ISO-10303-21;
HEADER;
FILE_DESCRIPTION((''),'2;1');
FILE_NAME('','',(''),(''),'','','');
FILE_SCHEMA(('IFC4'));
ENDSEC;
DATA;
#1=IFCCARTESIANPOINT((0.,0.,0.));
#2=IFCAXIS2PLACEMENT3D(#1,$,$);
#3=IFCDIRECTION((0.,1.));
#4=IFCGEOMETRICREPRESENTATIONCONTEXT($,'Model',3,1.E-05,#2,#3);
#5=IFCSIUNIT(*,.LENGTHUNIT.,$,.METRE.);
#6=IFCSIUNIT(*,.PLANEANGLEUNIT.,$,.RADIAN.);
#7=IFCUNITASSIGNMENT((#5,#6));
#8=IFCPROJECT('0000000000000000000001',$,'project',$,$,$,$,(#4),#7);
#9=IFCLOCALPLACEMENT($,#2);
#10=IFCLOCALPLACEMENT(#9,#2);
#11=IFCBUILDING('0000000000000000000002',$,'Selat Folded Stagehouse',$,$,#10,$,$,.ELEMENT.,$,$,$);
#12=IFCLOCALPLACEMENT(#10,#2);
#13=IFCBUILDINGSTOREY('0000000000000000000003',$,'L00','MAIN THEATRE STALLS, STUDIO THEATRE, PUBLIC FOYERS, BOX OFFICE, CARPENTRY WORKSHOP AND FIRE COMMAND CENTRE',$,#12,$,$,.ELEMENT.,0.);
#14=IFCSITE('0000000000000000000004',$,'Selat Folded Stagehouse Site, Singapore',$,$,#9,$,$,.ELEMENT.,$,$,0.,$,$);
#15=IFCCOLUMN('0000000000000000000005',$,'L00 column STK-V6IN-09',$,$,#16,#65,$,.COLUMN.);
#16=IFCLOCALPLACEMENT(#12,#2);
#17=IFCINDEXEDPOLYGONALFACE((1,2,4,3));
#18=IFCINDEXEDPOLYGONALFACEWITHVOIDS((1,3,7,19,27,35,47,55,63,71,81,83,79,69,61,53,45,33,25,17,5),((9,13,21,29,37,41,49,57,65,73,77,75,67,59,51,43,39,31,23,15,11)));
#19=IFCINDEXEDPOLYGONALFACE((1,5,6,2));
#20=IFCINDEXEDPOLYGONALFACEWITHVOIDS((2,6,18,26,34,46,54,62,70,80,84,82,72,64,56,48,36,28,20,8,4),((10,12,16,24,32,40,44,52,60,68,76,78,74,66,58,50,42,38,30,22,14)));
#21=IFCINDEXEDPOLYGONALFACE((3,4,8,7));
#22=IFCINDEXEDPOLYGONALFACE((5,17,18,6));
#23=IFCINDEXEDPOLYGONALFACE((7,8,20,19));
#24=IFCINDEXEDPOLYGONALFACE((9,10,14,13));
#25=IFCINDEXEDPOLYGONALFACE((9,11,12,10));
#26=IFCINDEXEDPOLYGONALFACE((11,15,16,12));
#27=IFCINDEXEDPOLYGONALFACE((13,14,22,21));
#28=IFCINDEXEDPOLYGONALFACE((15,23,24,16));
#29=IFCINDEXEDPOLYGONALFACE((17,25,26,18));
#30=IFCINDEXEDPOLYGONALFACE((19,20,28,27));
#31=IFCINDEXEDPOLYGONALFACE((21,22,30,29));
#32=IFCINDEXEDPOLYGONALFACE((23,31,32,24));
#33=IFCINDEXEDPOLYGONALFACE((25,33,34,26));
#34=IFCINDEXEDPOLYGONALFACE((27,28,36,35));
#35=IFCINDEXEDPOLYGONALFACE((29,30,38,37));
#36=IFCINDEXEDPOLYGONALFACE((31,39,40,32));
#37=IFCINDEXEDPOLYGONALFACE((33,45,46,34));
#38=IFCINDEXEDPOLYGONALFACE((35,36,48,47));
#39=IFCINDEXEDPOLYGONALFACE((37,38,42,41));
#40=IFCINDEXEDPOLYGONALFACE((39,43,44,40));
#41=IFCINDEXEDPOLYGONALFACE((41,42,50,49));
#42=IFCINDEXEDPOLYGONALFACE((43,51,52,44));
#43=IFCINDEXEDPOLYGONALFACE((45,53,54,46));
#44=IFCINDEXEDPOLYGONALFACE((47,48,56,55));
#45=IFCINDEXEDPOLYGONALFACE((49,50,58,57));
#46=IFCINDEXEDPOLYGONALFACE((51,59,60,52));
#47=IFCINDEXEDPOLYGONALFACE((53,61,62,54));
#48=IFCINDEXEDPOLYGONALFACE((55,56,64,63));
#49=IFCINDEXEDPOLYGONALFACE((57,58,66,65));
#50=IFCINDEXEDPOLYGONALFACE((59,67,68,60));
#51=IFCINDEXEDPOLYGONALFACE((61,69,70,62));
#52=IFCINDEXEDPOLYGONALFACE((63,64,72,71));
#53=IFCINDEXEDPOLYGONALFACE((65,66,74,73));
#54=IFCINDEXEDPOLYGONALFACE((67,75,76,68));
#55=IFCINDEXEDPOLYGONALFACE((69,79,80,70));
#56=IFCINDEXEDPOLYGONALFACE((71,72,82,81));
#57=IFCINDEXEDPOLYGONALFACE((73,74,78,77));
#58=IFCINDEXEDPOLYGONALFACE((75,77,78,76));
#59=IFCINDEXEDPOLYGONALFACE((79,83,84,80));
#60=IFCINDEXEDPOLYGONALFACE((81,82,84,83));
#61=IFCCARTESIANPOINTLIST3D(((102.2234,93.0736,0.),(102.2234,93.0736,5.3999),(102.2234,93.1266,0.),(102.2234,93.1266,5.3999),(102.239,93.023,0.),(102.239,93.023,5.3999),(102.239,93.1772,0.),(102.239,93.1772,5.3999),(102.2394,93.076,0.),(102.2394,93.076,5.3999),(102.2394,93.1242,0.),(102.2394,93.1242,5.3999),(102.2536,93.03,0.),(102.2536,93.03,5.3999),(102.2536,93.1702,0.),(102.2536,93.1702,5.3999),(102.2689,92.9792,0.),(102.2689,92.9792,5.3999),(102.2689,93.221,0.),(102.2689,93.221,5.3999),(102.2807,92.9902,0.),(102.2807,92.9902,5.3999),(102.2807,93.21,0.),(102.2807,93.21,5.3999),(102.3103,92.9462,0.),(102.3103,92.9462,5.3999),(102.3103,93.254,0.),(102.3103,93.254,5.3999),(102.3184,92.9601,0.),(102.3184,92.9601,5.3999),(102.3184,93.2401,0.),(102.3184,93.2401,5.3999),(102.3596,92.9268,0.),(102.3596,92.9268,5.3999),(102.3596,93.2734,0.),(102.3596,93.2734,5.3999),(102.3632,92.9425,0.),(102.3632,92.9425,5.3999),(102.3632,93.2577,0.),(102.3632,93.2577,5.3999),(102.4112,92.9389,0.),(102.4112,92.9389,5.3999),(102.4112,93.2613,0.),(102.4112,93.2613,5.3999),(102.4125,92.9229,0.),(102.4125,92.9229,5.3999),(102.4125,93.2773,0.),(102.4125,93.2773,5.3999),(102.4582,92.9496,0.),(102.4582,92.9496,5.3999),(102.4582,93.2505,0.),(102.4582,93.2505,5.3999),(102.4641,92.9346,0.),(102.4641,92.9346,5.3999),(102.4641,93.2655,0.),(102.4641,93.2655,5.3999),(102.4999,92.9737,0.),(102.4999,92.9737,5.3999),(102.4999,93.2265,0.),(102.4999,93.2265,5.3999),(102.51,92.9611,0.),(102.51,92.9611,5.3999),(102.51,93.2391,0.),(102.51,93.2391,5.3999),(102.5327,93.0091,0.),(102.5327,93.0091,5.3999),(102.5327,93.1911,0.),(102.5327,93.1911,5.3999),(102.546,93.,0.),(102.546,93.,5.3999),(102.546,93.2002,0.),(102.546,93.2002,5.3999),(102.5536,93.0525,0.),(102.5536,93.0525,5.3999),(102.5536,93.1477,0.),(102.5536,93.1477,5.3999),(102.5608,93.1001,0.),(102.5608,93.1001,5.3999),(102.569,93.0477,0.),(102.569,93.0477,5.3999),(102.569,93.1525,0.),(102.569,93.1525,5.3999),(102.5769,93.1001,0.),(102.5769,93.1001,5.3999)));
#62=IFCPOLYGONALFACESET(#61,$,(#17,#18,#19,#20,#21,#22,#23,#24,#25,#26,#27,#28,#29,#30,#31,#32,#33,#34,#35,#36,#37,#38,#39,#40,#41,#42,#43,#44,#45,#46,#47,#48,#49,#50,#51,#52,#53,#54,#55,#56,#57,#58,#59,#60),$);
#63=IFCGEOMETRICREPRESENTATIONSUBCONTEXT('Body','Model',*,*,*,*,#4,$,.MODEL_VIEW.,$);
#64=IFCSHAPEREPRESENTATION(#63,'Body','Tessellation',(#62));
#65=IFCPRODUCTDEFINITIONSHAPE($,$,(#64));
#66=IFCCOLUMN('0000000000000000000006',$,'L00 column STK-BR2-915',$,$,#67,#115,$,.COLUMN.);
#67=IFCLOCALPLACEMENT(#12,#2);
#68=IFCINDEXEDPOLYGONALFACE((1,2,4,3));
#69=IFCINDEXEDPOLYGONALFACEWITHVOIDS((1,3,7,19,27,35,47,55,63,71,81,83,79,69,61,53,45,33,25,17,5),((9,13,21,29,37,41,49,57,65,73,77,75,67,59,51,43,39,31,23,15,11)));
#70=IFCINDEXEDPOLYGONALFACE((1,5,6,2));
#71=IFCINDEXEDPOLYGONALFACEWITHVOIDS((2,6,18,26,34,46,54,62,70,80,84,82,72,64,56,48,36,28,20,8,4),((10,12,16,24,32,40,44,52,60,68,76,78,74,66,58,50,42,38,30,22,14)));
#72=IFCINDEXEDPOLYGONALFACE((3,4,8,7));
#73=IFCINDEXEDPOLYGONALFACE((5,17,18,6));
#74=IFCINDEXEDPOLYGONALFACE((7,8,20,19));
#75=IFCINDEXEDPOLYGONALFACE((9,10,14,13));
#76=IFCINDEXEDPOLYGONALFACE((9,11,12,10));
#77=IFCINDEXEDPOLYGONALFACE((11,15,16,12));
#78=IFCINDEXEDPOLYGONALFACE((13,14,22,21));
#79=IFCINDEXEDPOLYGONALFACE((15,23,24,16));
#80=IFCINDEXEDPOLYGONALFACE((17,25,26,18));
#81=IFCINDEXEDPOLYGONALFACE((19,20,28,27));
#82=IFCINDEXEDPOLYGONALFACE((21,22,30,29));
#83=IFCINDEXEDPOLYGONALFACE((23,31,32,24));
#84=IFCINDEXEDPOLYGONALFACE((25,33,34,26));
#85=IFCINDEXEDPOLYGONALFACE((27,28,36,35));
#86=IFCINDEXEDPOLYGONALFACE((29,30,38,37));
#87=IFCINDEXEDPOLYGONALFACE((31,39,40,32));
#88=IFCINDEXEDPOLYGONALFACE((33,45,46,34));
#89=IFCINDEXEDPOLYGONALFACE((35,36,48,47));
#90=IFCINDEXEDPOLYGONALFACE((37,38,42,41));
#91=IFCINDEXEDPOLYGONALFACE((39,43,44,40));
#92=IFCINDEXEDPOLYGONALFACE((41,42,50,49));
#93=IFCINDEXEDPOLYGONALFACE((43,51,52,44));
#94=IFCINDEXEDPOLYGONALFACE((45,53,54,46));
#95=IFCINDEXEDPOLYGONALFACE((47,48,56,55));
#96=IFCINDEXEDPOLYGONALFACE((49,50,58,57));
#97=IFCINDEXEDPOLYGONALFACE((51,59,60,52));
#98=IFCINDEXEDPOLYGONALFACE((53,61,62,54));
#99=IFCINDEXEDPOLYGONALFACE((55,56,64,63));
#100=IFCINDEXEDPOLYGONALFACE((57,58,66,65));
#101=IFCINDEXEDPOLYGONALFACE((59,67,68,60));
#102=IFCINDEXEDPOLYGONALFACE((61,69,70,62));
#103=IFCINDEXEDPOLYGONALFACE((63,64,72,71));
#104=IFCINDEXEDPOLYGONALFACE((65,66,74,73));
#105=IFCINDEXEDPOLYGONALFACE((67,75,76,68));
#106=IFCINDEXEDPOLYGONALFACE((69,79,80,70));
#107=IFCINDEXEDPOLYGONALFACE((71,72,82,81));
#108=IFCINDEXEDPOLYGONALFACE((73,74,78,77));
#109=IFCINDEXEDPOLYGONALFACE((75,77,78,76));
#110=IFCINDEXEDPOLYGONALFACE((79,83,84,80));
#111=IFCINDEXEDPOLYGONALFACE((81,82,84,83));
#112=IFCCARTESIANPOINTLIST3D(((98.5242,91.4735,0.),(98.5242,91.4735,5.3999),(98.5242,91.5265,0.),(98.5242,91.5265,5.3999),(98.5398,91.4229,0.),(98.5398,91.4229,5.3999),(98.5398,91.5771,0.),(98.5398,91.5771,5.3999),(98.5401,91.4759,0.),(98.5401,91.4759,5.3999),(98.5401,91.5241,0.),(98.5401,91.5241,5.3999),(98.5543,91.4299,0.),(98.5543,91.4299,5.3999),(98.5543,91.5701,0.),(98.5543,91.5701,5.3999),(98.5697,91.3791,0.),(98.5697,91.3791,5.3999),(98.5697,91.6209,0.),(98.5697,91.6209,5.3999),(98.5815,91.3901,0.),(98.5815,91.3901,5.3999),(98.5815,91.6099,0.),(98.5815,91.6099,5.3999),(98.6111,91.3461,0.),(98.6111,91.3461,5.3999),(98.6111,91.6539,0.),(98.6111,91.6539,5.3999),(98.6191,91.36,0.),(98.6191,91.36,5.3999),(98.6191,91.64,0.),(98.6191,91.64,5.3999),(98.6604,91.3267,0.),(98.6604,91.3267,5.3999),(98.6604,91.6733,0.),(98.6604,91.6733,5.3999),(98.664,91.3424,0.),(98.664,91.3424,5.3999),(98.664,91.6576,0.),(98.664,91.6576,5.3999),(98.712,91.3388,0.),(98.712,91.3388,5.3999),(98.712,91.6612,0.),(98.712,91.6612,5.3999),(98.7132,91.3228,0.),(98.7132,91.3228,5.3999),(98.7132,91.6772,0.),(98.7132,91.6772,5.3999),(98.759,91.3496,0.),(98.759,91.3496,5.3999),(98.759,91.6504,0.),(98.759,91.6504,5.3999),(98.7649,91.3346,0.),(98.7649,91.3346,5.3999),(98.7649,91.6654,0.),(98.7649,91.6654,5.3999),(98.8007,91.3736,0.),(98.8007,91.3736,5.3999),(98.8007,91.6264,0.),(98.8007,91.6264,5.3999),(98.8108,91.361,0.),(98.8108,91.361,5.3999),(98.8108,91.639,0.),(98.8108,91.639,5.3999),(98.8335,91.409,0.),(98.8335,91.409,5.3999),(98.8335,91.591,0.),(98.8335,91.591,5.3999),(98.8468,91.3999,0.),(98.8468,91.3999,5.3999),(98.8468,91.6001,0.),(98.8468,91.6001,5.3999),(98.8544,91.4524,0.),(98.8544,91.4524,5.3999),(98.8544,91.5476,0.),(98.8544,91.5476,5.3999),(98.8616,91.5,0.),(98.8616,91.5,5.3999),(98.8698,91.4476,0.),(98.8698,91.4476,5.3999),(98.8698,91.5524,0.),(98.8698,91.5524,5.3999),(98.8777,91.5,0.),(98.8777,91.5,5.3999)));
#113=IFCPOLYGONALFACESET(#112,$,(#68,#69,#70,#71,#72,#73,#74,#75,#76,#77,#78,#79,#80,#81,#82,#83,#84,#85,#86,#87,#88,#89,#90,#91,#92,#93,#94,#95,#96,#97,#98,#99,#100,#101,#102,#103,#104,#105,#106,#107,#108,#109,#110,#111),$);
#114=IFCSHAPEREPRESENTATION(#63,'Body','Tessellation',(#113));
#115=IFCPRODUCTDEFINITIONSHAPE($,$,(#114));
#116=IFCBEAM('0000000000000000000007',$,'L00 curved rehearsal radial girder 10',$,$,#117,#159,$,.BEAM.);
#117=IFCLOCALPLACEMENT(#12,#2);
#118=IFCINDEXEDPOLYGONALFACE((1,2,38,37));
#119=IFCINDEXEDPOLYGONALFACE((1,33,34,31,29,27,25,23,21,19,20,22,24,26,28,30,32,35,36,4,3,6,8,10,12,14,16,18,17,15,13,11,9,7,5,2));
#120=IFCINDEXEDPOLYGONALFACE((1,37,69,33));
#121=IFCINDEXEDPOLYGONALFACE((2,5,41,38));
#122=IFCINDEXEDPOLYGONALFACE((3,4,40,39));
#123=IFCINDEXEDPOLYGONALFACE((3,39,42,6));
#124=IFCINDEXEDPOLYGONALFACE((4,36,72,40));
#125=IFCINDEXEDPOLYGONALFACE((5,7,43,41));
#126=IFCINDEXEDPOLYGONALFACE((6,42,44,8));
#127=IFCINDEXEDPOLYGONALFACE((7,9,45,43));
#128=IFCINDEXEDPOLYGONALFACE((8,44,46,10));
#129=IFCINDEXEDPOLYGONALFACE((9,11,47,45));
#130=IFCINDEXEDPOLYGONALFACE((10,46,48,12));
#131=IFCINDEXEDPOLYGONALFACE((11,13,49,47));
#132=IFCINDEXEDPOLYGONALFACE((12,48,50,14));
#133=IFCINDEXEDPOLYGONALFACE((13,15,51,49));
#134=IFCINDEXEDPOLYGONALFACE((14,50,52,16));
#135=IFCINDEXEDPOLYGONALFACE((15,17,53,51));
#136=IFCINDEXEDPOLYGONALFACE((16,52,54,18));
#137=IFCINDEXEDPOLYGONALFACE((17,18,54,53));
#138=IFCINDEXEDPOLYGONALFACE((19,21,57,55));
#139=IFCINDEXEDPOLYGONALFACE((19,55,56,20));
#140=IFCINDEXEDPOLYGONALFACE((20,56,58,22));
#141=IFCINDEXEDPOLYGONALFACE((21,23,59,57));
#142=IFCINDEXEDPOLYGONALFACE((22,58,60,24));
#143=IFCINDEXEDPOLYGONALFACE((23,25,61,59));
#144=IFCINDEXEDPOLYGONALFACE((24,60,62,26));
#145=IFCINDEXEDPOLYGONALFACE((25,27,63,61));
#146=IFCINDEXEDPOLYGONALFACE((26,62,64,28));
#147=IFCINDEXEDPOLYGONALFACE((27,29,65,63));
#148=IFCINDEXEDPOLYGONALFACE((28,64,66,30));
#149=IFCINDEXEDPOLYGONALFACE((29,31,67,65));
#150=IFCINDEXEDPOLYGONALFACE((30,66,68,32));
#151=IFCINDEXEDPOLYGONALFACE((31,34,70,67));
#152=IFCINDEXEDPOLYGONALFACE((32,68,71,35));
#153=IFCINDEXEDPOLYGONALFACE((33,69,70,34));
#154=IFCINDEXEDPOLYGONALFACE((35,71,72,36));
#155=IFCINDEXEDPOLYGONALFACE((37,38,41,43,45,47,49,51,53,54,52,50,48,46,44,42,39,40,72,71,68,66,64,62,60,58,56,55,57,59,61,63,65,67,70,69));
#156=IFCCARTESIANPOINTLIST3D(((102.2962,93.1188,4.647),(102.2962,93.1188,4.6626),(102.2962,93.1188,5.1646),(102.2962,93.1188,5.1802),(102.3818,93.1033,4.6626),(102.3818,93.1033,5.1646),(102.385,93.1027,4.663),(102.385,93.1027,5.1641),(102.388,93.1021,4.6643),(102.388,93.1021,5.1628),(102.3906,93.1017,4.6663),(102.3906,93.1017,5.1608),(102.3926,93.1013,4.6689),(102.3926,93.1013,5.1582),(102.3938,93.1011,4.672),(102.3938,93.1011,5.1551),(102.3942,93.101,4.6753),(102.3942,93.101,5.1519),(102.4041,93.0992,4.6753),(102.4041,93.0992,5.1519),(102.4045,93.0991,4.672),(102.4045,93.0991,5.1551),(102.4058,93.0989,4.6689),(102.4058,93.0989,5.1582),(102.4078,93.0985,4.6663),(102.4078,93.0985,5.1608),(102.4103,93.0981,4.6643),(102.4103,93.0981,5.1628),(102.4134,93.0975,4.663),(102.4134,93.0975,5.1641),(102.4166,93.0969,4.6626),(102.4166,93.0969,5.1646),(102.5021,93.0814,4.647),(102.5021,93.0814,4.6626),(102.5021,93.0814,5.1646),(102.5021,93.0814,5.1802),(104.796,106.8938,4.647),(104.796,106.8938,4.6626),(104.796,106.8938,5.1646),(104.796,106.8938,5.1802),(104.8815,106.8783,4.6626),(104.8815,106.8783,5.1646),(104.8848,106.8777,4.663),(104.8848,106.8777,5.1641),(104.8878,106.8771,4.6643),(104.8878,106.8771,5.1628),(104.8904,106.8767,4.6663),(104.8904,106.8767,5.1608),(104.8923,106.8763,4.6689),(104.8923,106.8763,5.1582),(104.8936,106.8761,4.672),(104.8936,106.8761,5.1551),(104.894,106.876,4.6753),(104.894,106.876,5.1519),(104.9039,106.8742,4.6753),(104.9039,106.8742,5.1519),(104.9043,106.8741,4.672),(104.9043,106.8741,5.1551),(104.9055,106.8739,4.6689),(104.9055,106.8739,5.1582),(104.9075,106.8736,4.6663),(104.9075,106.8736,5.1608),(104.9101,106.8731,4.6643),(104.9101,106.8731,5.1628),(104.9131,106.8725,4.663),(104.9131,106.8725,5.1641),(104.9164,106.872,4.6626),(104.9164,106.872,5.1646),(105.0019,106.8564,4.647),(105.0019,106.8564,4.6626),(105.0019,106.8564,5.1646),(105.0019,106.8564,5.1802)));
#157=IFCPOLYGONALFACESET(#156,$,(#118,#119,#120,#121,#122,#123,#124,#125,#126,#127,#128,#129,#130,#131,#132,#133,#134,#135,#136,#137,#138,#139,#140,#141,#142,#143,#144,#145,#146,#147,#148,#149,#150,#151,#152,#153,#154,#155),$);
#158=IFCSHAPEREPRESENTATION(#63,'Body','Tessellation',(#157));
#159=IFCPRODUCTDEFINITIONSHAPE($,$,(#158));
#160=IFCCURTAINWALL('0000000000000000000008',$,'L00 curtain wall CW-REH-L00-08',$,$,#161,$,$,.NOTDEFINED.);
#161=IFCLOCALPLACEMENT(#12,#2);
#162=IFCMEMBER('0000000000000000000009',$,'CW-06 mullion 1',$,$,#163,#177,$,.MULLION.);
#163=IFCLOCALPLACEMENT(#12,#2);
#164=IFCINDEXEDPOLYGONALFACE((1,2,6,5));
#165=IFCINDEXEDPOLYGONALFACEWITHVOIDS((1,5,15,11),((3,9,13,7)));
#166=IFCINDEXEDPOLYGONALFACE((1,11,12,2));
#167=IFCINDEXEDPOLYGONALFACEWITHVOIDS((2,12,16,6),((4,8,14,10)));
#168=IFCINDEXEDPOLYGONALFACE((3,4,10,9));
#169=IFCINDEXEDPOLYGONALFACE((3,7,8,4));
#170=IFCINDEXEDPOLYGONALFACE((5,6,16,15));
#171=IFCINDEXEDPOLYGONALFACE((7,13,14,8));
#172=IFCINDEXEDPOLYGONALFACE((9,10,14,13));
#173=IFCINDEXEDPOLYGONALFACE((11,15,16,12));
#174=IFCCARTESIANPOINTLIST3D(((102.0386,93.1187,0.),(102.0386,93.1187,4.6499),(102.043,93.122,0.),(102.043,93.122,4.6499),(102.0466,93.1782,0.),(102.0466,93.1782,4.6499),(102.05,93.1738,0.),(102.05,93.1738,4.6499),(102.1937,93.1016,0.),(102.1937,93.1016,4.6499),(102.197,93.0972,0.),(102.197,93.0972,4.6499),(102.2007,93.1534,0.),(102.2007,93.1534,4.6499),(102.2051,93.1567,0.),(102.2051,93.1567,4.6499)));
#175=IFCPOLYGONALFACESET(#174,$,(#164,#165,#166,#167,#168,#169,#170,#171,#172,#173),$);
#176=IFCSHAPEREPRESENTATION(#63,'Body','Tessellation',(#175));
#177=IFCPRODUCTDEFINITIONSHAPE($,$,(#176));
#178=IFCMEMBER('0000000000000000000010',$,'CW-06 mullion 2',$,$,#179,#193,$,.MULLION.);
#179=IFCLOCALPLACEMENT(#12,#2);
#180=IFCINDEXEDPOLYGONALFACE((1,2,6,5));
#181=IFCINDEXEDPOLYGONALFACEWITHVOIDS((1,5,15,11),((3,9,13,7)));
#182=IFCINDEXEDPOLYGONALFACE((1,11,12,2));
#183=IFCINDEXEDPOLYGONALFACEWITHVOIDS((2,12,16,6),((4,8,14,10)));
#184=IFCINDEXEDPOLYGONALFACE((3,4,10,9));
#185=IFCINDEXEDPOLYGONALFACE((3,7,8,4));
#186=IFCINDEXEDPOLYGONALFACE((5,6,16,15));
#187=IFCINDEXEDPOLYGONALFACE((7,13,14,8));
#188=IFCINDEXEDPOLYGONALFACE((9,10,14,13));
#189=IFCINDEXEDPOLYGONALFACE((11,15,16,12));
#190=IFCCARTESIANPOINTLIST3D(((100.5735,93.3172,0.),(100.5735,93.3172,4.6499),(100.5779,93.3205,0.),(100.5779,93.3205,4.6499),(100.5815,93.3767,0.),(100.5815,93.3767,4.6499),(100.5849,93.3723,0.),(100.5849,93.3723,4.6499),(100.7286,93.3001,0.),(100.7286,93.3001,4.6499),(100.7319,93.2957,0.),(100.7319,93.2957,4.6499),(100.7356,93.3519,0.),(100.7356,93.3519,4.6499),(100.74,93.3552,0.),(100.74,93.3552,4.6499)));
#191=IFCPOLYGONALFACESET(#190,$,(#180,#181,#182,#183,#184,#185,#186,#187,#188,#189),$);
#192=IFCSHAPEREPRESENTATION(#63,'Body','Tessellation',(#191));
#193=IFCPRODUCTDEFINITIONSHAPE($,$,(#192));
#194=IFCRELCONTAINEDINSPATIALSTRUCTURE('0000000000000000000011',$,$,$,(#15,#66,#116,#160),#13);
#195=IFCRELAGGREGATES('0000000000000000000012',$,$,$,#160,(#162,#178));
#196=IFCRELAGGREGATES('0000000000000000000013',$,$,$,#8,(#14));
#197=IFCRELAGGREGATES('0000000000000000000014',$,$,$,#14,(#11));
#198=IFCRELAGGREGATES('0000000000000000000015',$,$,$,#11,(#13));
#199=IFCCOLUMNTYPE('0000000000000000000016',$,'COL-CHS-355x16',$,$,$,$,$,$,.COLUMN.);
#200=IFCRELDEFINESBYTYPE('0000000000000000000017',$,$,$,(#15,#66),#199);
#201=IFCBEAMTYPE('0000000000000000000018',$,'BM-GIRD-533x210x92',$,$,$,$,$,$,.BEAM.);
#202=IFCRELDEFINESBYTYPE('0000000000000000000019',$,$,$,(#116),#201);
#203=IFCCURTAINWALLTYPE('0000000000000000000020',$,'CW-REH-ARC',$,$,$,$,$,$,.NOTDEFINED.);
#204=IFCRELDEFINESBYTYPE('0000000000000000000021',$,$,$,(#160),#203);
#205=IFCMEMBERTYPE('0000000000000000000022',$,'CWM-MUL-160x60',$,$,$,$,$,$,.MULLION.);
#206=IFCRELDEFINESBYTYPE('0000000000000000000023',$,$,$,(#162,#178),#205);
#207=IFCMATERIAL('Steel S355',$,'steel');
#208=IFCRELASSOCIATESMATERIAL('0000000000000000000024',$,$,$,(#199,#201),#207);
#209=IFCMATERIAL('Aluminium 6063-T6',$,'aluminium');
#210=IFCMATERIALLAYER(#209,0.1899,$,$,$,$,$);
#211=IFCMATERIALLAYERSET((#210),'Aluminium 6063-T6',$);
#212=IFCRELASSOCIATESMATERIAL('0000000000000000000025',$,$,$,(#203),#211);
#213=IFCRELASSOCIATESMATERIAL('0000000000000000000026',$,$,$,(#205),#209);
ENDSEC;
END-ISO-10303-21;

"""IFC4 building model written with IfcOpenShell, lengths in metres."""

from ifc_helpers import new_model, si_unit, direction, frame, origin, origin_2d, place, context, subcontext, project, spatial, hollow_rectangle, hollow_circle, i_section, extrude, material, layer, layer_set, material_profile, profile_set, type_object, element, aggregate, save


model = new_model("IFC4")

# Units and contexts
model_context = context("Model", 3, precision=1e-05, world=origin(), true_north=direction((0.0, 1.0)))
body_context = subcontext(model_context, "Body", "Model", "MODEL_VIEW")
ifc_project = project(units=[si_unit("LENGTHUNIT", "METRE"), si_unit("PLANEANGLEUNIT", "RADIAN")], contexts=[model_context])

# Site, building, storey
site_placement = place(None, origin())
site = spatial("IfcSite", under=ifc_project, at=site_placement, Name="Selat Folded Stagehouse Site, Singapore", CompositionType="ELEMENT", RefElevation=0.0)
building_placement = place(site_placement, origin())
building = spatial("IfcBuilding", under=site, at=building_placement, Name="Selat Folded Stagehouse", CompositionType="ELEMENT")
storey_placement = place(building_placement, origin())
storey = spatial("IfcBuildingStorey", under=building, at=storey_placement, Name="L00", Description="MAIN THEATRE STALLS, STUDIO THEATRE, PUBLIC FOYERS, BOX OFFICE, CARPENTRY WORKSHOP AND FIRE COMMAND CENTRE", CompositionType="ELEMENT", Elevation=0.0)

# Columns
ifc_material_1 = material(Name="Steel S355", Category="steel")
ifc_material_profile_1 = material_profile(ifc_material_1, hollow_circle(Radius=0.1777, WallThickness=0.0161, at=origin_2d()), Name="CHS 355.6x16.0")
ifc_profile_set_1 = profile_set([ifc_material_profile_1], Name="Steel S355")
column_type = type_object("IfcColumnType", Name="COL-CHS-355x16", PredefinedType="COLUMN", material=ifc_profile_set_1)
for number, where, z_axis, x_axis, name in (
    (1, (102.3992, 93.1001, 0.0), (0.0, 0.0, 1.0), (1.0, 0.0, 0.0), "L00 column STK-V6IN-09"),
    (2, (98.7, 91.5, 0.0), (0.0, 0.0, 1.0), (1.0, 0.0, 0.0), "L00 column STK-BR2-915"),
):
    element("IfcColumn", number, at=place(storey_placement, frame(where, z_axis=z_axis, x_axis=x_axis)), inside=storey, type_object=column_type, Name=name, PredefinedType="COLUMN", context=body_context, shape_type="SweptSolid", body=[
        extrude(hollow_circle(Radius=0.1777, WallThickness=0.0161, at=origin_2d()), origin(), (0.0, 0.0, 1.0), 5.3999),
    ])

# Beam
ifc_material_profile_2 = material_profile(ifc_material_1, i_section(OverallWidth=0.2092, OverallDepth=0.5332, WebThickness=0.01, FlangeThickness=0.0156, FilletRadius=0.0127, at=origin_2d()), Name="UKB 533x210x92")
ifc_profile_set_2 = profile_set([ifc_material_profile_2], Name="Steel S355")
beam_type_1 = type_object("IfcBeamType", Name="BM-GIRD-533x210x92", PredefinedType="BEAM", material=ifc_profile_set_2)
beam_1_placement = place(storey_placement, frame((102.3992, 93.1001, 4.9136), z_axis=(0.178555, 0.98393, 0.0), x_axis=(-0.98393, 0.178555, 0.0)))
element("IfcBeam", 3, at=beam_1_placement, inside=storey, type_object=beam_type_1, Name="L00 curved rehearsal radial girder 10", PredefinedType="BEAM", context=body_context, shape_type="SweptSolid", body=[
    extrude(i_section(OverallWidth=0.2092, OverallDepth=0.5332, WebThickness=0.01, FlangeThickness=0.0156, FilletRadius=0.0127, at=origin_2d()), origin(), (0.0, 0.0, 1.0), 14.0),
])

# Curtain wall, members
ifc_material_2 = material(Name="Aluminium 6063-T6", Category="aluminium")
ifc_layer_1 = layer(ifc_material_2, 0.1899)
ifc_layer_set_1 = layer_set([ifc_layer_1], Name="Aluminium 6063-T6")
curtain_wall_type = type_object("IfcCurtainWallType", Name="CW-REH-ARC", PredefinedType="NOTDEFINED", material=ifc_layer_set_1)
curtain_wall_1_placement = place(storey_placement, origin())
curtain_wall_1 = element("IfcCurtainWall", 4, at=curtain_wall_1_placement, inside=storey, type_object=curtain_wall_type, Name="L00 curtain wall CW-REH-L00-08", PredefinedType="NOTDEFINED")
ifc_material_profile_3 = material_profile(ifc_material_2, hollow_rectangle(XDim=0.0601, YDim=0.1599, WallThickness=0.0039, at=origin_2d()), Name="ALU 160x60x4.0")
ifc_profile_set_3 = profile_set([ifc_material_profile_3], Name="Aluminium 6063-T6")
member_type_1 = type_object("IfcMemberType", Name="CWM-MUL-160x60", PredefinedType="MULLION", material=ifc_profile_set_3)
member_1_placement = place(storey_placement, frame((102.1218, 93.1377, 0.0), z_axis=(0.0, 0.0, 1.0), x_axis=(-0.134212, -0.990953, 0.0)))
member_1 = element("IfcMember", 5, at=member_1_placement, type_object=member_type_1, Name="CW-06 mullion 1", PredefinedType="MULLION", context=body_context, shape_type="SweptSolid", body=[
    extrude(hollow_rectangle(XDim=0.0601, YDim=0.1599, WallThickness=0.0039, at=origin_2d()), origin(), (0.0, 0.0, 1.0), 4.6499),
])
member_2_placement = place(storey_placement, frame((100.6567, 93.3362, 0.0), z_axis=(0.0, 0.0, 1.0), x_axis=(-0.134212, -0.990953, 0.0)))
member_2 = element("IfcMember", 6, at=member_2_placement, type_object=member_type_1, Name="CW-06 mullion 2", PredefinedType="MULLION", context=body_context, shape_type="SweptSolid", body=[
    extrude(hollow_rectangle(XDim=0.0601, YDim=0.1599, WallThickness=0.0039, at=origin_2d()), origin(), (0.0, 0.0, 1.0), 4.6499),
])

aggregate(curtain_wall_1, [member_1, member_2])

save(model, "model.ifc")
